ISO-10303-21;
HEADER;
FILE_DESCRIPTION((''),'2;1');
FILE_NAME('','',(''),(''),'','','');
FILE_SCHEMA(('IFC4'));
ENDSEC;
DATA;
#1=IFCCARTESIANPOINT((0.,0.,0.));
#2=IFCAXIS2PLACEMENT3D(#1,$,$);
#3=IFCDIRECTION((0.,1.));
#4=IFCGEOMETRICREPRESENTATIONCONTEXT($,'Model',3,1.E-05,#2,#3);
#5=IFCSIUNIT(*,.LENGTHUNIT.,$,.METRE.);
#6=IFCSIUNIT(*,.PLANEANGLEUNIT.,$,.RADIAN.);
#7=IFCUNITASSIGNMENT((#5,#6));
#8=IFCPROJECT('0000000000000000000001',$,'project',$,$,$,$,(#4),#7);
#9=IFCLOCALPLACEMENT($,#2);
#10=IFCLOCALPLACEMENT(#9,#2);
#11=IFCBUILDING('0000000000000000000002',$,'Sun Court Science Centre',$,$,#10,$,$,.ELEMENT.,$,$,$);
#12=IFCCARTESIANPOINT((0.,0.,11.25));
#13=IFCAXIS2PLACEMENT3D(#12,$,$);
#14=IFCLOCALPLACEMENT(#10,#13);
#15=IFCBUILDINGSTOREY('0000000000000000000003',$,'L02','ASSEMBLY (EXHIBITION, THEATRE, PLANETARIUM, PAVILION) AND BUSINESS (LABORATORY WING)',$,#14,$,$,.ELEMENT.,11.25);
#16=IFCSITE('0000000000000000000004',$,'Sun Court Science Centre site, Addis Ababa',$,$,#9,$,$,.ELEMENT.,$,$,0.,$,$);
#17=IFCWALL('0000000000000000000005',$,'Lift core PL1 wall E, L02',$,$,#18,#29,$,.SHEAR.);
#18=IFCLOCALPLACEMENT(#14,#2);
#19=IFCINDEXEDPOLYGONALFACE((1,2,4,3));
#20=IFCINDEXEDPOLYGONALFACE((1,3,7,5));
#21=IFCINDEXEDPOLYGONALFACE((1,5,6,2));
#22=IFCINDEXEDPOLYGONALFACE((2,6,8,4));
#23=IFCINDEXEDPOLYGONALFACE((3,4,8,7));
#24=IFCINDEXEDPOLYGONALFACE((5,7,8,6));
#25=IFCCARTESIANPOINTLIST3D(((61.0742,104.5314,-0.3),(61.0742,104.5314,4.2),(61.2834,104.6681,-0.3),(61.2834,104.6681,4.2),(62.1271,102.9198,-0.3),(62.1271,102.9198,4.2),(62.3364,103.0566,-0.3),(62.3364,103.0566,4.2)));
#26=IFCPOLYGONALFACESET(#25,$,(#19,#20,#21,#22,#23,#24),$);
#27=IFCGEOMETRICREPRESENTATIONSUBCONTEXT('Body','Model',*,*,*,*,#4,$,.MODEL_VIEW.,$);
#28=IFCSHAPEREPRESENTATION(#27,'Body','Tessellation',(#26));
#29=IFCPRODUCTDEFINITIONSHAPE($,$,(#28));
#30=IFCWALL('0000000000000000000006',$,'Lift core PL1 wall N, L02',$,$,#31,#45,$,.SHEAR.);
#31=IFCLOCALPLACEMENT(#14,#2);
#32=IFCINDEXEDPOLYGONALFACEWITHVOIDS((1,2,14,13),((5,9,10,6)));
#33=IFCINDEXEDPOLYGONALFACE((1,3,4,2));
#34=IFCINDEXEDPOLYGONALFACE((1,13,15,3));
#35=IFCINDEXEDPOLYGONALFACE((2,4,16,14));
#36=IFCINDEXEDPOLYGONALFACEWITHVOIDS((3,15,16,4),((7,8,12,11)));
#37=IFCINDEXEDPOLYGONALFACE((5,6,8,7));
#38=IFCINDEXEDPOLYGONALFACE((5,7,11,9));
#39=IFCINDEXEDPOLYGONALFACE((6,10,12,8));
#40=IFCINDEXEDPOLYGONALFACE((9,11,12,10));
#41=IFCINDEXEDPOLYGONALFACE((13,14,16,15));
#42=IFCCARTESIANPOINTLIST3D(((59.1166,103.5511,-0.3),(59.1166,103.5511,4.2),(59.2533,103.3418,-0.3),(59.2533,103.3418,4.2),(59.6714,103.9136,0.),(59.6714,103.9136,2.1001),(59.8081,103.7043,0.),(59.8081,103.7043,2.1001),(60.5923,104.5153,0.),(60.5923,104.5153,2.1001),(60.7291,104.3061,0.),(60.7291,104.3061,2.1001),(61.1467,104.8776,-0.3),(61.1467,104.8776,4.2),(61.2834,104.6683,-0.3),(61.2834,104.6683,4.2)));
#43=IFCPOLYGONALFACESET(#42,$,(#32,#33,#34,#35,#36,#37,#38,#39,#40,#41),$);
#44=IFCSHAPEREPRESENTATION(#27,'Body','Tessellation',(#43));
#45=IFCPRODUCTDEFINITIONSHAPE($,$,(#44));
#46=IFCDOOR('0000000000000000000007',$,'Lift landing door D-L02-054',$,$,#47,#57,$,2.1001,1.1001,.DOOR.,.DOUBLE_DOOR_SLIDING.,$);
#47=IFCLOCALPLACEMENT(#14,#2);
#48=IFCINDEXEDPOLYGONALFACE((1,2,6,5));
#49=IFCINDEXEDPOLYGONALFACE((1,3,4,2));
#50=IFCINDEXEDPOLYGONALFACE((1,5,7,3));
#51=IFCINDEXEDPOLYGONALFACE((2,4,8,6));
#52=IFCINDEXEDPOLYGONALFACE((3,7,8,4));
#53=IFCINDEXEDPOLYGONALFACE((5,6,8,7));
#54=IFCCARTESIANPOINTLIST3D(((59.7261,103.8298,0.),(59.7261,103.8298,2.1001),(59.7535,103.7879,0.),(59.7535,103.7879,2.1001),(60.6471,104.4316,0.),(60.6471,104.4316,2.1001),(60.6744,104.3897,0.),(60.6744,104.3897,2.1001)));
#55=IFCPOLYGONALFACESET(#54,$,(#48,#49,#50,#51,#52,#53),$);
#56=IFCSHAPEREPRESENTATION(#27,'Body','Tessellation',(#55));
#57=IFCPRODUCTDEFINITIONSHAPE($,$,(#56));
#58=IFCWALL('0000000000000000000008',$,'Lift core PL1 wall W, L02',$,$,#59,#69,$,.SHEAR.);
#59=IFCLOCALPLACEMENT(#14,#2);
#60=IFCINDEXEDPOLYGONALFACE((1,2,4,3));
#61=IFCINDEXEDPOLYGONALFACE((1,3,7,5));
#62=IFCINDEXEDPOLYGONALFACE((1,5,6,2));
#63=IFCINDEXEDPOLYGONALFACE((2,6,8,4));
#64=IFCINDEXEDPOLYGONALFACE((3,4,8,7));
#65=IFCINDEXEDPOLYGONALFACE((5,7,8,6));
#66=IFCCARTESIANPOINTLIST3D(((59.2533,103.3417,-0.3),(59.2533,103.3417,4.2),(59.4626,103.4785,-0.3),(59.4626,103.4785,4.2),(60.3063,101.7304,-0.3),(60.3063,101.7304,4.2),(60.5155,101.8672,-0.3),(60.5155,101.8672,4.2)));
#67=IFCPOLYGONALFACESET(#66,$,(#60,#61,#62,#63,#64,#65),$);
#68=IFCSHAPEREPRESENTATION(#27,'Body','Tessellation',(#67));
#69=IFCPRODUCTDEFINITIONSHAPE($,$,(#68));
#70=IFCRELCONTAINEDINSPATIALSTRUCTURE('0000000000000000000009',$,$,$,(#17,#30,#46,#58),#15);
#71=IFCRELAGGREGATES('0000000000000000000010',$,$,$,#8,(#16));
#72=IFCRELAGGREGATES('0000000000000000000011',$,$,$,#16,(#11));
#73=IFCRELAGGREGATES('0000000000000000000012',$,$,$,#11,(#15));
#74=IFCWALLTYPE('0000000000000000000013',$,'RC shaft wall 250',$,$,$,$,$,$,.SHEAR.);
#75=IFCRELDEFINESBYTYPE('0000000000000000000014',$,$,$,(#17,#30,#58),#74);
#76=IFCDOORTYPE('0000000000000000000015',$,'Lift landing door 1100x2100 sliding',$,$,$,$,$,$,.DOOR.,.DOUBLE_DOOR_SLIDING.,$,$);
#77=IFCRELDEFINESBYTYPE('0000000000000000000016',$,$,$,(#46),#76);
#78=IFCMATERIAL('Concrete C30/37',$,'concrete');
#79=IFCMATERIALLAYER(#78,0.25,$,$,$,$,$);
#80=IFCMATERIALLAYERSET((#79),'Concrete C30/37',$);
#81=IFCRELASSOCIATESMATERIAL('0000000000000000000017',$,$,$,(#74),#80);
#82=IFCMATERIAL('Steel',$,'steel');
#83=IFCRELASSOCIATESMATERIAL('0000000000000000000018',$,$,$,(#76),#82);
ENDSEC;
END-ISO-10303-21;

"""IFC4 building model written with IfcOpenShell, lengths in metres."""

from ifc_helpers import new_model, si_unit, direction, frame, frame_2d, origin, place, context, subcontext, project, spatial, rectangle, extrude, material, layer, layer_set, type_object, element, fill, save


model = new_model("IFC4")

# Units and contexts
model_context = context("Model", 3, precision=1e-05, world=origin(), true_north=direction((0.0, 1.0)))
body_context = subcontext(model_context, "Body", "Model", "MODEL_VIEW")
ifc_project = project(units=[si_unit("LENGTHUNIT", "METRE"), si_unit("PLANEANGLEUNIT", "RADIAN")], contexts=[model_context])

# Site, building, storey
site_placement = place(None, origin())
site = spatial("IfcSite", under=ifc_project, at=site_placement, Name="Sun Court Science Centre site, Addis Ababa", CompositionType="ELEMENT", RefElevation=0.0)
building_placement = place(site_placement, origin())
building = spatial("IfcBuilding", under=site, at=building_placement, Name="Sun Court Science Centre", CompositionType="ELEMENT")
storey_placement = place(building_placement, frame((0.0, 0.0, 11.25)))
storey = spatial("IfcBuildingStorey", under=building, at=storey_placement, Name="L02", Description="ASSEMBLY (EXHIBITION, THEATRE, PLANETARIUM, PAVILION) AND BUSINESS (LABORATORY WING)", CompositionType="ELEMENT", Elevation=11.25)

# Wall
ifc_material_1 = material(Name="Concrete C30/37", Category="concrete")
ifc_layer_1 = layer(ifc_material_1, 0.25)
ifc_layer_set_1 = layer_set([ifc_layer_1], Name="Concrete C30/37")
wall_type_1 = type_object("IfcWallType", Name="RC shaft wall 250", PredefinedType="SHEAR", material=ifc_layer_set_1)
wall_1_placement = place(storey_placement, frame((62.2317, 102.9883, -0.3), z_axis=(0.0, 0.0, 1.0), x_axis=(-0.546979, 0.837146, 0.0)))
element("IfcWall", 1, at=wall_1_placement, inside=storey, type_object=wall_type_1, Name="Lift core PL1 wall E, L02", PredefinedType="SHEAR", context=body_context, shape_type="SweptSolid", body=[
    extrude(rectangle(XDim=1.925, YDim=0.25, at=frame_2d((0.9624, 0.0))), origin(), (0.0, 0.0, 1.0), 4.5),
])

# Wall, opening, door
wall_2_placement = place(storey_placement, frame((59.1851, 103.4465, -0.3), z_axis=(0.0, 0.0, 1.0), x_axis=(0.837142, 0.546986, 0.0)))
wall_2 = element("IfcWall", 2, at=wall_2_placement, inside=storey, type_object=wall_type_1, Name="Lift core PL1 wall N, L02", PredefinedType="SHEAR", context=body_context, shape_type="SweptSolid", body=[
    extrude(rectangle(XDim=2.425, YDim=0.25, at=frame_2d((1.2124, 0.0))), origin(), (0.0, 0.0, 1.0), 4.5),
])
opening_placement = place(wall_2_placement, frame((0.6626, 0.0, 0.3)))
opening = element("IfcOpeningElement", 3, at=opening_placement, cuts=wall_2, PredefinedType="OPENING", context=body_context, shape_type="SweptSolid", body=[
    extrude(rectangle(XDim=1.1001, YDim=2.1001, at=frame_2d((0.55, 1.05))), frame((0.0, 0.135, 0.0), z_axis=(0.0, -1.0, 0.0), x_axis=(1.0, 0.0, 0.0)), (0.0, 0.0, 1.0), 0.27),
])
ifc_material_2 = material(Name="Steel", Category="steel")
door_type = type_object("IfcDoorType", Name="Lift landing door 1100x2100 sliding", OperationType="DOUBLE_DOOR_SLIDING", PredefinedType="DOOR", material=ifc_material_2)
door_placement = place(opening_placement, origin())
door = element("IfcDoor", 4, at=door_placement, inside=storey, type_object=door_type, Name="Lift landing door D-L02-054", OperationType="DOUBLE_DOOR_SLIDING", OverallHeight=2.1001, OverallWidth=1.1001, PredefinedType="DOOR", context=body_context, shape_type="SweptSolid", body=[
    extrude(rectangle(XDim=1.1001, YDim=2.1001, at=frame_2d((0.55, 1.05))), frame((0.0, 0.0249, 0.0), z_axis=(0.0, -1.0, 0.0), x_axis=(1.0, 0.0, 0.0)), (0.0, 0.0, 1.0), 0.05),
])
fill(opening, door)

# Wall
wall_3_placement = place(storey_placement, frame((60.4109, 101.7988, -0.3), z_axis=(0.0, 0.0, 1.0), x_axis=(-0.547037, 0.837108, 0.0)))
element("IfcWall", 5, at=wall_3_placement, inside=storey, type_object=wall_type_1, Name="Lift core PL1 wall W, L02", PredefinedType="SHEAR", context=body_context, shape_type="SweptSolid", body=[
    extrude(rectangle(XDim=1.9248, YDim=0.25, at=frame_2d((0.9624, 0.0))), origin(), (0.0, 0.0, 1.0), 4.5),
])

save(model, "model.ifc")
